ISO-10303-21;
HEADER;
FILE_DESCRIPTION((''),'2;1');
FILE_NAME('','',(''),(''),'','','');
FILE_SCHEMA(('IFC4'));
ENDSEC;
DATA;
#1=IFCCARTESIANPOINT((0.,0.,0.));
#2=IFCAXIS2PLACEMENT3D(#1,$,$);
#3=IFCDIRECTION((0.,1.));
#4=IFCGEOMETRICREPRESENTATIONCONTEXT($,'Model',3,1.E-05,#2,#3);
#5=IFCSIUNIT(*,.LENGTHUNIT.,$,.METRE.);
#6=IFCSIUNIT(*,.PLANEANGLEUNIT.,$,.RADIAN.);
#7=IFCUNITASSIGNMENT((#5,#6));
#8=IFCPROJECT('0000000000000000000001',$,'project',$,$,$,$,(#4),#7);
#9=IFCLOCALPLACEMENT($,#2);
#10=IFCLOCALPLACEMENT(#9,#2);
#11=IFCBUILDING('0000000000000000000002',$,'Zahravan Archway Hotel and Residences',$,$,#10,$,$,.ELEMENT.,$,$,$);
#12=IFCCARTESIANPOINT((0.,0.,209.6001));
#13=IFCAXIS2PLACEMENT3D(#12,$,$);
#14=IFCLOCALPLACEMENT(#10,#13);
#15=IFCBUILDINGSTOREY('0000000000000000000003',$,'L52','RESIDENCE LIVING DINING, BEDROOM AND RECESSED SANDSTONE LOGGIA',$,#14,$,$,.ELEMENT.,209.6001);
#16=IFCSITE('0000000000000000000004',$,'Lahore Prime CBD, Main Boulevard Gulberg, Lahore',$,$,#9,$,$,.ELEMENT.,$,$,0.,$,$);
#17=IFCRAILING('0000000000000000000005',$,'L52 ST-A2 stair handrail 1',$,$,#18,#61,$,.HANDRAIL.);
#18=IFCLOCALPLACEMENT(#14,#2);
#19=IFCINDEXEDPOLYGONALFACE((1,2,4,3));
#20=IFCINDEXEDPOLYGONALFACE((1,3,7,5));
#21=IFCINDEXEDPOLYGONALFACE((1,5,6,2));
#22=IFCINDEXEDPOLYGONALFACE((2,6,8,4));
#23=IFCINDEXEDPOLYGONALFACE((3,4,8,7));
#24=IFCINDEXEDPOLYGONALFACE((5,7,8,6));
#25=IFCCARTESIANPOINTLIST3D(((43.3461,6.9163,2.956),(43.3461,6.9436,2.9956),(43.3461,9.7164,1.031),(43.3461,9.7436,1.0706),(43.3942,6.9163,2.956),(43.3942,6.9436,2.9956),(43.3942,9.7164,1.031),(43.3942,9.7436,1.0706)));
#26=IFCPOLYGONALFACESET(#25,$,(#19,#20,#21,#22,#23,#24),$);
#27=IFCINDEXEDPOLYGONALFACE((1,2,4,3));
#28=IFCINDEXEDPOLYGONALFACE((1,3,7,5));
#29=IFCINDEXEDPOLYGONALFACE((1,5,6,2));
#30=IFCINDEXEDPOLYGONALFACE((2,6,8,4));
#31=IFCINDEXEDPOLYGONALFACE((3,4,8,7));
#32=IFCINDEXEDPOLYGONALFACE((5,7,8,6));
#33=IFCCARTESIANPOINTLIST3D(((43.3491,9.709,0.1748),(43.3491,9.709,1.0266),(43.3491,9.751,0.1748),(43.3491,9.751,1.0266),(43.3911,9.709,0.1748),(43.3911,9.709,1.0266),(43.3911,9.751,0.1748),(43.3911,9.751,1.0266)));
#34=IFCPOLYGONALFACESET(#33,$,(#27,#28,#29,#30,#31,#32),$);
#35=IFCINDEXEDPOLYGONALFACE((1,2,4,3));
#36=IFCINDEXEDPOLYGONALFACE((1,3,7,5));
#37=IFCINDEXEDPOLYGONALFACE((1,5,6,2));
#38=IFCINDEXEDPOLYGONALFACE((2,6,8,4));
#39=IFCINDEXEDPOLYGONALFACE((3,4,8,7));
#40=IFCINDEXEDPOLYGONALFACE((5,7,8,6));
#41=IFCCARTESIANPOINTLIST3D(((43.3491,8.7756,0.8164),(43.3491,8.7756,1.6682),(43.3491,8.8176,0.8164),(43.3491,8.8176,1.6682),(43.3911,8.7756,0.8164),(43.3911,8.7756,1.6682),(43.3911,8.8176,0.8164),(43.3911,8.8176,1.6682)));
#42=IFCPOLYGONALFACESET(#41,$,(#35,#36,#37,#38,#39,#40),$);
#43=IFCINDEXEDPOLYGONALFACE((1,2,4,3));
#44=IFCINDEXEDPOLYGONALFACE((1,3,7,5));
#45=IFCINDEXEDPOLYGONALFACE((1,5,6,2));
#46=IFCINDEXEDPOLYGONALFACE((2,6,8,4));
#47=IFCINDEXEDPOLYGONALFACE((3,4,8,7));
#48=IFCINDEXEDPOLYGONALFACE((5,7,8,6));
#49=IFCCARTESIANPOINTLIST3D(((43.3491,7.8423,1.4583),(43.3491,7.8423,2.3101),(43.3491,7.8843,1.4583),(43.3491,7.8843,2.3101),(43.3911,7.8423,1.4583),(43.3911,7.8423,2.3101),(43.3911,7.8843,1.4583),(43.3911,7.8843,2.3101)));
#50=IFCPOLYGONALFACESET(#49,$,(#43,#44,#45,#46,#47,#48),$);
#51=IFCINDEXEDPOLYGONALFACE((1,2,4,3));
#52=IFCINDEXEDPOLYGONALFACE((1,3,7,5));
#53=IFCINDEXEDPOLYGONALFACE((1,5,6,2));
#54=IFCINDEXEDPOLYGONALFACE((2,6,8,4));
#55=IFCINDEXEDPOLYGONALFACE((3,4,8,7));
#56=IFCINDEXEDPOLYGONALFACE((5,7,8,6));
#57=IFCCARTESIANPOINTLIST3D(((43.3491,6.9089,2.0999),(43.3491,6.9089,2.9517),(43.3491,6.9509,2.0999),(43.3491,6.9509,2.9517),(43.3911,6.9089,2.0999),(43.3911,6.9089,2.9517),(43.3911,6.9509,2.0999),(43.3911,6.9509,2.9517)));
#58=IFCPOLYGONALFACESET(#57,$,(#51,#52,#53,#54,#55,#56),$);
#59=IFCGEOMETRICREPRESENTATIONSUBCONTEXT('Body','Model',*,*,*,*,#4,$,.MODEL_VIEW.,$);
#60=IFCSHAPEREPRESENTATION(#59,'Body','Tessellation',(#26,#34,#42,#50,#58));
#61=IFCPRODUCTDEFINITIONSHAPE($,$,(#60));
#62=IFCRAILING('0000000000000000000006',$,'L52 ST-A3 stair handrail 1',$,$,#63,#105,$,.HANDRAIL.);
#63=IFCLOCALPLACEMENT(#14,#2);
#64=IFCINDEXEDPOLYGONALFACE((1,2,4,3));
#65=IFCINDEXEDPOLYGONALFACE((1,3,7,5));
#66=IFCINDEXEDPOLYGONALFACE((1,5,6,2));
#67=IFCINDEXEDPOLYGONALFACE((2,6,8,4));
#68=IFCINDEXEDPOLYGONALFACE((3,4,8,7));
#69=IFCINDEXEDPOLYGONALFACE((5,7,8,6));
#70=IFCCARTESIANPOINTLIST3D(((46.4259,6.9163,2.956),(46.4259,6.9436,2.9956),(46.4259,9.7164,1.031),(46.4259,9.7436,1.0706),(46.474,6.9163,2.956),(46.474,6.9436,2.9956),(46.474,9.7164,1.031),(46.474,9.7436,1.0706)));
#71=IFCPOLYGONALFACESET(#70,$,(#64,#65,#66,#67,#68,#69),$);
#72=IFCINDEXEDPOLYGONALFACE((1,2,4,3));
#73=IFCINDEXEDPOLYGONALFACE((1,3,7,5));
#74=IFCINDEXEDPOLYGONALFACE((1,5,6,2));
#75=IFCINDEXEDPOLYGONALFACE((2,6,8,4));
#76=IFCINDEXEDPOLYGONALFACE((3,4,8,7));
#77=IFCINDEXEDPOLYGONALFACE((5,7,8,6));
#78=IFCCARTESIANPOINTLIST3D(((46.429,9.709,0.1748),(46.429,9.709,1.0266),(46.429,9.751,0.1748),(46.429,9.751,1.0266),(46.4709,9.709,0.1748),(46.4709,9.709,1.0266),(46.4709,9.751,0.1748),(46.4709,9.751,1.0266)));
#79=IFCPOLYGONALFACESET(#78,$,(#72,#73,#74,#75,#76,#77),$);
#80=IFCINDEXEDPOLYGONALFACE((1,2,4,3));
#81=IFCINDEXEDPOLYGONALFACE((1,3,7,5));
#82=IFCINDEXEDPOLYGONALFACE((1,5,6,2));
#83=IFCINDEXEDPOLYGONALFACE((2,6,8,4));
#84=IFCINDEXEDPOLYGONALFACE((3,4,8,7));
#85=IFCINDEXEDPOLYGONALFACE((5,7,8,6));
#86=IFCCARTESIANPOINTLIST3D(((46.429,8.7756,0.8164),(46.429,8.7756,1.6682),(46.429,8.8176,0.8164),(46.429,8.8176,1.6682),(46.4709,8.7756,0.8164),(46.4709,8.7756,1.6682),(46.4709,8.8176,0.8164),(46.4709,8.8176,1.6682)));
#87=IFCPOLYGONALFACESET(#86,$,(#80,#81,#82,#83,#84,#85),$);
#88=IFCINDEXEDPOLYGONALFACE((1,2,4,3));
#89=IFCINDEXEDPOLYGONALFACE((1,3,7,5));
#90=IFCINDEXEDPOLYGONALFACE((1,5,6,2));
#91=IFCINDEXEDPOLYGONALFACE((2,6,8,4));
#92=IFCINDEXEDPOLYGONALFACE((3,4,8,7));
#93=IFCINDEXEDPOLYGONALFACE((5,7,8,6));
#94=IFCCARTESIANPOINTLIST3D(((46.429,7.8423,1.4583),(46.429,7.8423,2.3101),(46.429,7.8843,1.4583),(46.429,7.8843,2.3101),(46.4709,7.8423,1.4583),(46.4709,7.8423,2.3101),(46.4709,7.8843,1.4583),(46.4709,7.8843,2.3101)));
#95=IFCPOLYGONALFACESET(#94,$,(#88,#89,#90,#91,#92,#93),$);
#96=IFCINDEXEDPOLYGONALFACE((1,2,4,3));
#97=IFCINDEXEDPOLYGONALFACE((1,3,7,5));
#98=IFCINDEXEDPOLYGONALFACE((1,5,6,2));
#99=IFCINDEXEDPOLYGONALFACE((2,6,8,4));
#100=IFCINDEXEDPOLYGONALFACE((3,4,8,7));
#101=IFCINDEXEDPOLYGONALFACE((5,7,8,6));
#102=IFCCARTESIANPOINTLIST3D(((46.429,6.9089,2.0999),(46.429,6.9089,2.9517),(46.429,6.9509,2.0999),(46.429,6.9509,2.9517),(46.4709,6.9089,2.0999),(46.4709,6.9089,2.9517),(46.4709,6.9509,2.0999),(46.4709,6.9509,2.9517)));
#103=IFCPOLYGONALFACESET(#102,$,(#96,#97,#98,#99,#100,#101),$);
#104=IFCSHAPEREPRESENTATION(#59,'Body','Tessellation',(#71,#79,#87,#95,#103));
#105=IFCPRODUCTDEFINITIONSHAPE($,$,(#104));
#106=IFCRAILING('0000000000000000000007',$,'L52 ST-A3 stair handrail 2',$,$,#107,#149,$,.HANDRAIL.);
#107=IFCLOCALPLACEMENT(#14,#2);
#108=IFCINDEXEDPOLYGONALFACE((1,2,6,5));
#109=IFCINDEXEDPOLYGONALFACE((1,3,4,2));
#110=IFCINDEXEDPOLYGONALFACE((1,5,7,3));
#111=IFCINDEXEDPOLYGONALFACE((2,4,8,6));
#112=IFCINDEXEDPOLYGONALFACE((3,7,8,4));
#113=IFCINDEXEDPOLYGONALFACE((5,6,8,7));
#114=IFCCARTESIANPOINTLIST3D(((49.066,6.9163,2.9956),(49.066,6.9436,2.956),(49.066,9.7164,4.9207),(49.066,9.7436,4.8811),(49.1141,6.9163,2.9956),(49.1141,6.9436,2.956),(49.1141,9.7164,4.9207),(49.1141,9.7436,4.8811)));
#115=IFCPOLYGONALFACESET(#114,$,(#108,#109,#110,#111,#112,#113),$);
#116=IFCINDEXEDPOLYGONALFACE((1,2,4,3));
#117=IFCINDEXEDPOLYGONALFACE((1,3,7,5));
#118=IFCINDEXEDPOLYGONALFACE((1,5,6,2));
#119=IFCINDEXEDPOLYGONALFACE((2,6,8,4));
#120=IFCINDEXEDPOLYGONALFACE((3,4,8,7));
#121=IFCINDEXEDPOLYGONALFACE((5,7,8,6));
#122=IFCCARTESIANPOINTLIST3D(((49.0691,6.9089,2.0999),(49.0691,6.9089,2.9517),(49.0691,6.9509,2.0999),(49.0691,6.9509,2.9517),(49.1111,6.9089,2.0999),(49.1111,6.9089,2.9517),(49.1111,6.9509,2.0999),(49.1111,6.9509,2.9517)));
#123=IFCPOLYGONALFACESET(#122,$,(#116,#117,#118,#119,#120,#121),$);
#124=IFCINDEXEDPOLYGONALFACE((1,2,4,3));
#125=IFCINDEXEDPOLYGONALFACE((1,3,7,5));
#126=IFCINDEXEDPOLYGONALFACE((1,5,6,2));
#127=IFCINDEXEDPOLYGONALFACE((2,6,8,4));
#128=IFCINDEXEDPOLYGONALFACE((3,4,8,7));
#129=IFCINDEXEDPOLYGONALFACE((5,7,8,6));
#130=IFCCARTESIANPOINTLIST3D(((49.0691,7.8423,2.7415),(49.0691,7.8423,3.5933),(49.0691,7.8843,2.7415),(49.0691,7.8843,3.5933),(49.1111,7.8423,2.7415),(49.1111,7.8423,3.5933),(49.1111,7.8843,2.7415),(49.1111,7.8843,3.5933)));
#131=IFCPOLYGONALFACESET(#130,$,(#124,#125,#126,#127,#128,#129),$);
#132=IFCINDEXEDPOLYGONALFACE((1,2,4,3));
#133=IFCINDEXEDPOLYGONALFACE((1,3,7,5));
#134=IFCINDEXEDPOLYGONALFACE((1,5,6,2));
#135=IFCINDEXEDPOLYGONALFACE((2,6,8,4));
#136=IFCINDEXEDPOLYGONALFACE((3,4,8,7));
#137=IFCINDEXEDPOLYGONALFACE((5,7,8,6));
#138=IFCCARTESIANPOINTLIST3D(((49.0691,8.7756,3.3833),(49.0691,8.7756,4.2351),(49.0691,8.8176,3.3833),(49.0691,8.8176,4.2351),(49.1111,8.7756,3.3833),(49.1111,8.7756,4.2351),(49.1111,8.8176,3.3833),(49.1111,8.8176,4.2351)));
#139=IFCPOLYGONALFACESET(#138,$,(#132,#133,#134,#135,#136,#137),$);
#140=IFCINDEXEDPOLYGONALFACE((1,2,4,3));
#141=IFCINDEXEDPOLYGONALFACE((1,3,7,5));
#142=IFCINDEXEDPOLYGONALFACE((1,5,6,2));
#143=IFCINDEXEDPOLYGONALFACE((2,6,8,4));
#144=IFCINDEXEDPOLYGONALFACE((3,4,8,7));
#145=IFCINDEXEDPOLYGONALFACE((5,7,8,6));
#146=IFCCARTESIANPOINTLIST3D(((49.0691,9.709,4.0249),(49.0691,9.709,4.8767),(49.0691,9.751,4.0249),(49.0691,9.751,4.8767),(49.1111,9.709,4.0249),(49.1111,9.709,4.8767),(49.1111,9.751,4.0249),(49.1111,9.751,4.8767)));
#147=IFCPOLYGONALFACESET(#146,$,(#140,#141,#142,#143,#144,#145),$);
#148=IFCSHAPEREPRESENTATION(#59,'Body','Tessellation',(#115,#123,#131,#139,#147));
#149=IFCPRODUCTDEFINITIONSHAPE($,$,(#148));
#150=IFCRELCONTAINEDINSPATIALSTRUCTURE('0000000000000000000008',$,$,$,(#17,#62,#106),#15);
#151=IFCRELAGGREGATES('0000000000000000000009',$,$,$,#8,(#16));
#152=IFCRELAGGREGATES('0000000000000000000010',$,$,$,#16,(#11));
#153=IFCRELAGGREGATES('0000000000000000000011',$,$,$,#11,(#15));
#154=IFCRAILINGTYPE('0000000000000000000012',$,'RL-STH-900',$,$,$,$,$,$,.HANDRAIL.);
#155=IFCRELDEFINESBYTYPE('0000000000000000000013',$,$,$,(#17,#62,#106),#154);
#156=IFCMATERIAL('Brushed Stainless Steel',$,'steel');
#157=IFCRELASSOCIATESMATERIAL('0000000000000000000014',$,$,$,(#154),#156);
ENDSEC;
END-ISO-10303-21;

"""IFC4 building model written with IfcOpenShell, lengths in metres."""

from ifc_helpers import new_model, si_unit, direction, frame, origin, origin_2d, place, context, subcontext, project, spatial, rectangle, extrude, material, type_object, element, save


model = new_model("IFC4")

# Units and contexts
model_context = context("Model", 3, precision=1e-05, world=origin(), true_north=direction((0.0, 1.0)))
body_context = subcontext(model_context, "Body", "Model", "MODEL_VIEW")
ifc_project = project(units=[si_unit("LENGTHUNIT", "METRE"), si_unit("PLANEANGLEUNIT", "RADIAN")], contexts=[model_context])

# Site, building, storey
site_placement = place(None, origin())
site = spatial("IfcSite", under=ifc_project, at=site_placement, Name="Lahore Prime CBD, Main Boulevard Gulberg, Lahore", CompositionType="ELEMENT", RefElevation=0.0)
building_placement = place(site_placement, origin())
building = spatial("IfcBuilding", under=site, at=building_placement, Name="Zahravan Archway Hotel and Residences", CompositionType="ELEMENT")
storey_placement = place(building_placement, frame((0.0, 0.0, 209.6001)))
storey = spatial("IfcBuildingStorey", under=building, at=storey_placement, Name="L52", Description="RESIDENCE LIVING DINING, BEDROOM AND RECESSED SANDSTONE LOGGIA", CompositionType="ELEMENT", Elevation=209.6001)

# Railings
ifc_material_1 = material(Name="Brushed Stainless Steel", Category="steel")
railing_type_1 = type_object("IfcRailingType", Name="RL-STH-900", PredefinedType="HANDRAIL", material=ifc_material_1)
for number, where, name in (
    (1, (43.3701, 9.73, 0.1748), "L52 ST-A2 stair handrail 1"),
    (2, (46.45, 9.73, 0.1748), "L52 ST-A3 stair handrail 1"),
):
    element("IfcRailing", number, at=place(storey_placement, frame(where)), inside=storey, type_object=railing_type_1, Name=name, PredefinedType="HANDRAIL", context=body_context, shape_type="SweptSolid", body=[
        extrude(rectangle(XDim=0.0481, YDim=0.0481, at=origin_2d()), frame((0.0, 0.0, 0.876), z_axis=(0.0, -0.82404, 0.566532), x_axis=(1.0, 0.0, 0.0)), (0.0, 0.0, 1.0), 3.3979),
        extrude(rectangle(XDim=0.042, YDim=0.042, at=origin_2d()), origin(), (0.0, 0.0, 1.0), 0.8518),
        extrude(rectangle(XDim=0.042, YDim=0.042, at=origin_2d()), frame((0.0, -0.9333, 0.6416)), (0.0, 0.0, 1.0), 0.8518),
        extrude(rectangle(XDim=0.042, YDim=0.042, at=origin_2d()), frame((0.0, -1.8667, 1.2834)), (0.0, 0.0, 1.0), 0.8518),
        extrude(rectangle(XDim=0.042, YDim=0.042, at=origin_2d()), frame((0.0, -2.8, 1.925)), (0.0, 0.0, 1.0), 0.8518),
    ])
railing_1_placement = place(storey_placement, frame((49.0901, 6.9299, 2.0999)))
element("IfcRailing", 3, at=railing_1_placement, inside=storey, type_object=railing_type_1, Name="L52 ST-A3 stair handrail 2", PredefinedType="HANDRAIL", context=body_context, shape_type="SweptSolid", body=[
    extrude(rectangle(XDim=0.0481, YDim=0.0481, at=origin_2d()), frame((0.0, 0.0, 0.876), z_axis=(0.0, 0.82404, 0.566532), x_axis=(-1.0, 0.0, 0.0)), (0.0, 0.0, 1.0), 3.3979),
    extrude(rectangle(XDim=0.042, YDim=0.042, at=origin_2d()), origin(), (0.0, 0.0, 1.0), 0.8518),
    extrude(rectangle(XDim=0.042, YDim=0.042, at=origin_2d()), frame((0.0, 0.9333, 0.6416)), (0.0, 0.0, 1.0), 0.8518),
    extrude(rectangle(XDim=0.042, YDim=0.042, at=origin_2d()), frame((0.0, 1.8667, 1.2834)), (0.0, 0.0, 1.0), 0.8518),
    extrude(rectangle(XDim=0.042, YDim=0.042, at=origin_2d()), frame((0.0, 2.8, 1.925)), (0.0, 0.0, 1.0), 0.8518),
])

save(model, "model.ifc")
